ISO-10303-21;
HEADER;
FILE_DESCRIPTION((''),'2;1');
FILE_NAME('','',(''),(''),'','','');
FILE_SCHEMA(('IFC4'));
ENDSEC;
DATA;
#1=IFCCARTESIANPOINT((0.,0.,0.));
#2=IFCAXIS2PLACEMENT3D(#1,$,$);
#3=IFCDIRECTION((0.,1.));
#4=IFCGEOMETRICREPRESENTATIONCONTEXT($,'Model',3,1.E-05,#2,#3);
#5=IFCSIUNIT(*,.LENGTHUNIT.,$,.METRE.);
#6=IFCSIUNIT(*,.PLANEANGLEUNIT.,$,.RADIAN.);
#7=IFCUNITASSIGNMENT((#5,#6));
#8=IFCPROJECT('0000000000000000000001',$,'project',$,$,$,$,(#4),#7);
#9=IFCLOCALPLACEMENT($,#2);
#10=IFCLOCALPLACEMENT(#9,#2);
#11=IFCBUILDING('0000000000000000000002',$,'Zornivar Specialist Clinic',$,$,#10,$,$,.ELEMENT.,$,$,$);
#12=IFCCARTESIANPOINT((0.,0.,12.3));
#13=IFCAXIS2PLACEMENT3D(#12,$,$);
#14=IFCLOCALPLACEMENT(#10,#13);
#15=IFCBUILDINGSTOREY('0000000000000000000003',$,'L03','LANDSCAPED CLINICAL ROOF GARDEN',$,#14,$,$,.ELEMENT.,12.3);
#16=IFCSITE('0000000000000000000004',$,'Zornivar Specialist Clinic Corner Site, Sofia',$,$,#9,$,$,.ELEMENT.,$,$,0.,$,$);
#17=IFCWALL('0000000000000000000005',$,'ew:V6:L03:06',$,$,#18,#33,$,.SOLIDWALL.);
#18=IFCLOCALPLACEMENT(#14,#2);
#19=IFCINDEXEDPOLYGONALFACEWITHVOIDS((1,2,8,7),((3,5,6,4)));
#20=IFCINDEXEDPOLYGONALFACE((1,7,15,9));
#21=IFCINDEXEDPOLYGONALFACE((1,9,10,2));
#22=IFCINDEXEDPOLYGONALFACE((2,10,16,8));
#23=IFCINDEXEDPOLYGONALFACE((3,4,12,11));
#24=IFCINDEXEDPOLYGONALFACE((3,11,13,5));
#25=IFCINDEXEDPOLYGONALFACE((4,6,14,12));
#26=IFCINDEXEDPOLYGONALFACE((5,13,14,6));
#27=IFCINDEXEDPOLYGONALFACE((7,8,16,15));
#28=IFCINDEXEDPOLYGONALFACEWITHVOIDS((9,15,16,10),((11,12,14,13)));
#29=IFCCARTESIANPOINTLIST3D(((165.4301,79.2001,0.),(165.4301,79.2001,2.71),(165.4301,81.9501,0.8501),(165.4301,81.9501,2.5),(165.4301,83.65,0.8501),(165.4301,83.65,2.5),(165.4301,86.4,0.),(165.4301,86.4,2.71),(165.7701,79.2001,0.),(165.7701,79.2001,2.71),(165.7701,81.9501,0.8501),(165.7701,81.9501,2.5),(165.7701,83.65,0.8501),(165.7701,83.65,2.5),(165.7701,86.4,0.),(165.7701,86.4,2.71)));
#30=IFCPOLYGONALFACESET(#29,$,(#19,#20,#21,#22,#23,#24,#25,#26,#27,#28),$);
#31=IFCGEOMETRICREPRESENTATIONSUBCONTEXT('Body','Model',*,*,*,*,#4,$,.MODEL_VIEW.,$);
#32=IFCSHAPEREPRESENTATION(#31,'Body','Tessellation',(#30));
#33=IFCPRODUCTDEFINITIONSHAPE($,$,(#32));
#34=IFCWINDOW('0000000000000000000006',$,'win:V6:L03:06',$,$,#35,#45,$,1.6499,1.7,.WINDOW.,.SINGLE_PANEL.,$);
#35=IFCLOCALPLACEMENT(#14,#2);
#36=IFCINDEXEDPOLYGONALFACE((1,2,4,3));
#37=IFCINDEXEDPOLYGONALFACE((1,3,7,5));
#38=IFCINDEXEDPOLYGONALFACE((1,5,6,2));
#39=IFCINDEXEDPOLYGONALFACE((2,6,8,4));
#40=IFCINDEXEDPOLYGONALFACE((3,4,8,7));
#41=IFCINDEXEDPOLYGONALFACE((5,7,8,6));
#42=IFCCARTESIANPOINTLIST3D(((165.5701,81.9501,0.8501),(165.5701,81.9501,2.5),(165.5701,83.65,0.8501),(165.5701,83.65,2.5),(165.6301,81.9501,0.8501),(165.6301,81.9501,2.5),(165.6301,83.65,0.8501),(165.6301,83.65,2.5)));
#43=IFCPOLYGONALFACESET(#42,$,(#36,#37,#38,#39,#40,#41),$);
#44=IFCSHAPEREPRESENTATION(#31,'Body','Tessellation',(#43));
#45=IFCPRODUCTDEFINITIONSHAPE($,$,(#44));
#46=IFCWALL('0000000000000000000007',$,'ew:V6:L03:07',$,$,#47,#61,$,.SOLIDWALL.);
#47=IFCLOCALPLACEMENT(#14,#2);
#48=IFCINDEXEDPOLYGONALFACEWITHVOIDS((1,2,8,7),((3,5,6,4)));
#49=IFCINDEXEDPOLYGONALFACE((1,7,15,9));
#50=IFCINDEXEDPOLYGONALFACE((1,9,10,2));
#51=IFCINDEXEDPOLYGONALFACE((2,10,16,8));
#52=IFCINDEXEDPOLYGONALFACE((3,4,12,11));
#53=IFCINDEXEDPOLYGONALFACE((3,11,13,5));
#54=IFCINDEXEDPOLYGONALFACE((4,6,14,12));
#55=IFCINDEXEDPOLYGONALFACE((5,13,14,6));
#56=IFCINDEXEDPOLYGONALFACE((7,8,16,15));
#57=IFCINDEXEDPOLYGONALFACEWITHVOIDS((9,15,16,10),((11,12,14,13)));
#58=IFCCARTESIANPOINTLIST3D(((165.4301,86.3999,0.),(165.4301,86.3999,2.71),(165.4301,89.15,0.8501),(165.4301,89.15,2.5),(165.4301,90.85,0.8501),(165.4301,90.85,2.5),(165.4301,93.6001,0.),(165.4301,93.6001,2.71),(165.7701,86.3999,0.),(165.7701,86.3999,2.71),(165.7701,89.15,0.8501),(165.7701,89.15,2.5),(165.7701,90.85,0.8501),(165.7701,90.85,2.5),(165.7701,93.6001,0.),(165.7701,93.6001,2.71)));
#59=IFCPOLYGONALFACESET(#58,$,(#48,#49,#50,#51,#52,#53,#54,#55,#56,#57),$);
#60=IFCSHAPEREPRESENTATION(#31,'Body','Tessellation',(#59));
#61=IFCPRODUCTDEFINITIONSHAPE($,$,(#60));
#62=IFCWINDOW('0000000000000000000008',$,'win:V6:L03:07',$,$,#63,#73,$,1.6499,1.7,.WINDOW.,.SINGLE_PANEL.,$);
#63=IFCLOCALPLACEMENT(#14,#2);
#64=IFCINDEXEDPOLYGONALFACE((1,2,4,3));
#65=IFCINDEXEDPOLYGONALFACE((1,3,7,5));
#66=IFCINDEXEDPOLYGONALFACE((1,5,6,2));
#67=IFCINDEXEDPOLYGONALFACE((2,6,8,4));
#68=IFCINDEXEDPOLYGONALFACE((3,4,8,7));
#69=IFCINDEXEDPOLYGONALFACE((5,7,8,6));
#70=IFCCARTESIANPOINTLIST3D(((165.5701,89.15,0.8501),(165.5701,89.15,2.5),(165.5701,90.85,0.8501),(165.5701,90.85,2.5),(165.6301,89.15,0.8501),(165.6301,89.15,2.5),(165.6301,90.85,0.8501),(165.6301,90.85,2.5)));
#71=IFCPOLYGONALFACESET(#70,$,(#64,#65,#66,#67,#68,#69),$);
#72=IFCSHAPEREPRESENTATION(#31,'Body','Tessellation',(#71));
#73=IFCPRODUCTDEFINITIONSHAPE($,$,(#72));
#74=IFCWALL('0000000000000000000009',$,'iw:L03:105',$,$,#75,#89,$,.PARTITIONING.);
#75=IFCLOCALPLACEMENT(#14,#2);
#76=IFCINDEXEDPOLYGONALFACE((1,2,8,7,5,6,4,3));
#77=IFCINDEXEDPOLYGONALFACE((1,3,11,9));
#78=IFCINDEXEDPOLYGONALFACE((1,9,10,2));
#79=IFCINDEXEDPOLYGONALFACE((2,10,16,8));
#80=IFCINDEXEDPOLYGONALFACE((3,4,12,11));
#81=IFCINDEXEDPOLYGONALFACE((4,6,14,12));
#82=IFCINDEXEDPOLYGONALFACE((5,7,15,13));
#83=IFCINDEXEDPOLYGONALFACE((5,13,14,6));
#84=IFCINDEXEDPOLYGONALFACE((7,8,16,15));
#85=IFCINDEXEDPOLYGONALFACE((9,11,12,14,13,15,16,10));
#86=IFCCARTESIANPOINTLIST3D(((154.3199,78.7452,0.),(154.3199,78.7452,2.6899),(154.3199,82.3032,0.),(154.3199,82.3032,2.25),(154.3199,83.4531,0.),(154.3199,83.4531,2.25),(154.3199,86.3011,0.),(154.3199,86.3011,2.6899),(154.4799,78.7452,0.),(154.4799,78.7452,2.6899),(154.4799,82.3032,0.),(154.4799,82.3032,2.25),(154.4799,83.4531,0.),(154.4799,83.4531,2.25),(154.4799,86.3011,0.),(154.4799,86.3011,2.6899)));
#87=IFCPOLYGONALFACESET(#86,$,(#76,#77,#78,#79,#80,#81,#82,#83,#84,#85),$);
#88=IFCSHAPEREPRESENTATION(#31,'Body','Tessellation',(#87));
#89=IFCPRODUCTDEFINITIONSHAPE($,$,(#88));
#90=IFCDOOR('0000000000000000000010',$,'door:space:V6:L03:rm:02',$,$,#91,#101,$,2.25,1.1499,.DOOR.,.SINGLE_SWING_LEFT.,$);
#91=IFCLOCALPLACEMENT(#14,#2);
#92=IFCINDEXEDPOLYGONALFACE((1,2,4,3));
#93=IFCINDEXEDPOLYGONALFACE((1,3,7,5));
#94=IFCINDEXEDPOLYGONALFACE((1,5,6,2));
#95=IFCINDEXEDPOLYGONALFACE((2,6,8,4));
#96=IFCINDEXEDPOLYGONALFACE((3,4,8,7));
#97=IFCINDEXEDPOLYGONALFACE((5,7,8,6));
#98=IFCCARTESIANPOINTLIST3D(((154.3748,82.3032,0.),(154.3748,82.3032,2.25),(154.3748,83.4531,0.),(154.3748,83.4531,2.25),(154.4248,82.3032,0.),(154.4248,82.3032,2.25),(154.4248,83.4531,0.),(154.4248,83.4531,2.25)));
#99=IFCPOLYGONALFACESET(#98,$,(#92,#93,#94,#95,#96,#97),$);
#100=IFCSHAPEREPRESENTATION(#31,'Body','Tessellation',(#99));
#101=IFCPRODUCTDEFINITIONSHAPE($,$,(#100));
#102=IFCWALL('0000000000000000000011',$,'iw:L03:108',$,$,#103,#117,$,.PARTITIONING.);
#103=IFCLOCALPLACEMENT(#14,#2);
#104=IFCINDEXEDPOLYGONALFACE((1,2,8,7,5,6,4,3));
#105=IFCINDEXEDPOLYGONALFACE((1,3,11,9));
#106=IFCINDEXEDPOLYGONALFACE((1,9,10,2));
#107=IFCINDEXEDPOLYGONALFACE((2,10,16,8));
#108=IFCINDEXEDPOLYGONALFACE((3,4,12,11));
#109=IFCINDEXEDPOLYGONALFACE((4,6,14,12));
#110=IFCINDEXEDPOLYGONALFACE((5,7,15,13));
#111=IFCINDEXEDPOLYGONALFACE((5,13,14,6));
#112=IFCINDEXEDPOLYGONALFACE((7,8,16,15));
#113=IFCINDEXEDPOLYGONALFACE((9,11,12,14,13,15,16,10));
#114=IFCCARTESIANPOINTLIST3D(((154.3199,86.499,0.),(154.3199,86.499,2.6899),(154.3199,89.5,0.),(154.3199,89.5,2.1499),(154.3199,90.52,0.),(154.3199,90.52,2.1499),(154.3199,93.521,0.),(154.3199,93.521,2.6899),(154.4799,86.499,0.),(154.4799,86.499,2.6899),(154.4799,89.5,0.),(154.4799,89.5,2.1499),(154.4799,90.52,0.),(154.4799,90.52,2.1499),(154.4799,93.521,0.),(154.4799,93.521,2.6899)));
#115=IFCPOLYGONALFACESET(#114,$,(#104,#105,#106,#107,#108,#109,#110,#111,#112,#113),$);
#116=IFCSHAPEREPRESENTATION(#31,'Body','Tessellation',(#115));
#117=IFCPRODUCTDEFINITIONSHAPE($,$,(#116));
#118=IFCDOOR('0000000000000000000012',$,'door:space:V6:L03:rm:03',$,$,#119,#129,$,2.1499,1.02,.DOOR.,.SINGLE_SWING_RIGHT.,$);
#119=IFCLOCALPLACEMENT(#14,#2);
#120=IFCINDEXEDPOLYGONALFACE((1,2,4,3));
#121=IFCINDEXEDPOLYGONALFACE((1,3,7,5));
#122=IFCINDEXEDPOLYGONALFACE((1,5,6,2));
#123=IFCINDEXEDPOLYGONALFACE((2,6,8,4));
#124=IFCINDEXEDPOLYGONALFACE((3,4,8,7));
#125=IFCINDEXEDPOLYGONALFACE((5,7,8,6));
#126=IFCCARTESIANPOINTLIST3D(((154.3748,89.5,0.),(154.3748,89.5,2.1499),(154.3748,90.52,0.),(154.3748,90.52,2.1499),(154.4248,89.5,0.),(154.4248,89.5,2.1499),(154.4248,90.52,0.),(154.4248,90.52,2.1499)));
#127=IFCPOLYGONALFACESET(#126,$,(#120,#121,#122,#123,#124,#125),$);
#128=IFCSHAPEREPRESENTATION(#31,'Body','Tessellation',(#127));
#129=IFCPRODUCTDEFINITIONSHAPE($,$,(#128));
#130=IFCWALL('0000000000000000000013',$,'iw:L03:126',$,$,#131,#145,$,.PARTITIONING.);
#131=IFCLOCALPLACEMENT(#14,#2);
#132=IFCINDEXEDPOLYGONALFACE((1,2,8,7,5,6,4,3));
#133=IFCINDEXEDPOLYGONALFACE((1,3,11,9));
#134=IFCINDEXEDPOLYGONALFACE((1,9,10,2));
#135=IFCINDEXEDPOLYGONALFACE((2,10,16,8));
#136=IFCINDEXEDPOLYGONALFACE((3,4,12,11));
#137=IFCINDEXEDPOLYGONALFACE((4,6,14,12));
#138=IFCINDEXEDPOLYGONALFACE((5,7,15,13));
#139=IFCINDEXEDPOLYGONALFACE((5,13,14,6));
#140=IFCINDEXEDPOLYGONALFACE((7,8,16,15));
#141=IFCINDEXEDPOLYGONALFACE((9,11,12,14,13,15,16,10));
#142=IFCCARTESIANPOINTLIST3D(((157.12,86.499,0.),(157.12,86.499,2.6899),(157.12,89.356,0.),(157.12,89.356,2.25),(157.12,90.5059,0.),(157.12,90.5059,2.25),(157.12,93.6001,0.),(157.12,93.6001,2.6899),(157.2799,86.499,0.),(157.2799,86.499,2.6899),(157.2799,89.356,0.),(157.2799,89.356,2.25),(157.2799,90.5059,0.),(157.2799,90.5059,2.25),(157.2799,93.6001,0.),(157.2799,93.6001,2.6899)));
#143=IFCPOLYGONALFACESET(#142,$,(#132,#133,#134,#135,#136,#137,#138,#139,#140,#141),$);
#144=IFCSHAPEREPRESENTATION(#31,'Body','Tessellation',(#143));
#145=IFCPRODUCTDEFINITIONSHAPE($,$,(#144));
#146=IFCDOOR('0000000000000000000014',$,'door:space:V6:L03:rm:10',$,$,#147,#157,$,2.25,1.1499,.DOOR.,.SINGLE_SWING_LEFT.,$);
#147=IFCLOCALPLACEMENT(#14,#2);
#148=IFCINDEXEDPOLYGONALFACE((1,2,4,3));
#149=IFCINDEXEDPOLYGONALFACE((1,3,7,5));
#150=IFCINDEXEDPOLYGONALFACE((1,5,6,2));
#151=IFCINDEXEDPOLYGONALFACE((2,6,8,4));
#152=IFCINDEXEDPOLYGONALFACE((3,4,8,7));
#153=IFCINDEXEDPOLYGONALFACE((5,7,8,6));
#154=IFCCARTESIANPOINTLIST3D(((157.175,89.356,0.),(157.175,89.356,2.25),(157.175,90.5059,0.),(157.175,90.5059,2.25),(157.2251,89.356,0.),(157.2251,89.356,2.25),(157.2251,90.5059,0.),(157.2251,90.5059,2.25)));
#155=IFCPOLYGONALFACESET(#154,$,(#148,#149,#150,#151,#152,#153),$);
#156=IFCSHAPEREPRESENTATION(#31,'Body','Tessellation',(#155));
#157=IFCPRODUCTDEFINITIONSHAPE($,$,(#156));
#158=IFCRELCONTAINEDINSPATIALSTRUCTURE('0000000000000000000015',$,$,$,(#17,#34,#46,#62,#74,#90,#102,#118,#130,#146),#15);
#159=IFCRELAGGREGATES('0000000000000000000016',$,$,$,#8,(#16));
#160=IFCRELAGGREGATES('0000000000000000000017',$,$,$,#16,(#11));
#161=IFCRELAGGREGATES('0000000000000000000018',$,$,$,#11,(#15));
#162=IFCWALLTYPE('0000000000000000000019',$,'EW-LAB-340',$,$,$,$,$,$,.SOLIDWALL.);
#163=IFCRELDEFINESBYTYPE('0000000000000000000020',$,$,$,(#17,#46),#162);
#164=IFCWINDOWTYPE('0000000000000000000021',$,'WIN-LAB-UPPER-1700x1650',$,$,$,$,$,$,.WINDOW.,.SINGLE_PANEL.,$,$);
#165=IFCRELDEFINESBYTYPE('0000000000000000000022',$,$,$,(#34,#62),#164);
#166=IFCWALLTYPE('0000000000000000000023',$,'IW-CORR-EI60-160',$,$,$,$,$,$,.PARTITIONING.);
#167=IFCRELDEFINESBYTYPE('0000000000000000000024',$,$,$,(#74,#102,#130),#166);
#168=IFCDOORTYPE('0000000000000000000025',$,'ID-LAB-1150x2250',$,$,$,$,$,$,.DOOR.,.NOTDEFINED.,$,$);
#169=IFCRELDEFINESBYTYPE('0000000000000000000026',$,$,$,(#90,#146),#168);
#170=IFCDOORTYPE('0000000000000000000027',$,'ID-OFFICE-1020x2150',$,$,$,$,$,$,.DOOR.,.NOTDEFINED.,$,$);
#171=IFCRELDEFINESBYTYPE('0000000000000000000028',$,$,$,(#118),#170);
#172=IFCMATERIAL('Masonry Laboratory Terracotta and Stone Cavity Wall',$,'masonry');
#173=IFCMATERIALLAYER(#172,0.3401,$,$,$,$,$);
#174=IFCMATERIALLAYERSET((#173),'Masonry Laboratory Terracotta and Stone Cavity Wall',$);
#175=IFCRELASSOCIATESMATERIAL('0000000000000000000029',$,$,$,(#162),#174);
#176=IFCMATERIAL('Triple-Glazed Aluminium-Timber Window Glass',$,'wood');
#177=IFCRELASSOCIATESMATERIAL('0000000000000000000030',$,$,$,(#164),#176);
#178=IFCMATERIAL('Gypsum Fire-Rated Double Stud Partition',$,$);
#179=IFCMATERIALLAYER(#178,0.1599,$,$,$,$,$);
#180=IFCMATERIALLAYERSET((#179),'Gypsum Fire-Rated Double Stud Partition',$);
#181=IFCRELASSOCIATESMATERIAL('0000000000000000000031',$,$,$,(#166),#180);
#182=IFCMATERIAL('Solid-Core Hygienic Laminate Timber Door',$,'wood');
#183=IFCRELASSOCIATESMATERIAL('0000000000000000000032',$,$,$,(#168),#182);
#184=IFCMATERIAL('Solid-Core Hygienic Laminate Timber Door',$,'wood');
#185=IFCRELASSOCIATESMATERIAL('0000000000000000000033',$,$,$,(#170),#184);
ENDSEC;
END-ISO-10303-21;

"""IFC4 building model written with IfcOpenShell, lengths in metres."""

from ifc_helpers import new_model, si_unit, direction, frame, frame_2d, origin, place, context, subcontext, project, spatial, rectangle, extrude, material, layer, layer_set, type_object, element, fill, save


model = new_model("IFC4")

# Units and contexts
model_context = context("Model", 3, precision=1e-05, world=origin(), true_north=direction((0.0, 1.0)))
body_context = subcontext(model_context, "Body", "Model", "MODEL_VIEW")
ifc_project = project(units=[si_unit("LENGTHUNIT", "METRE"), si_unit("PLANEANGLEUNIT", "RADIAN")], contexts=[model_context])

# Site, building, storey
site_placement = place(None, origin())
site = spatial("IfcSite", under=ifc_project, at=site_placement, Name="Zornivar Specialist Clinic Corner Site, Sofia", CompositionType="ELEMENT", RefElevation=0.0)
building_placement = place(site_placement, origin())
building = spatial("IfcBuilding", under=site, at=building_placement, Name="Zornivar Specialist Clinic", CompositionType="ELEMENT")
storey_placement = place(building_placement, frame((0.0, 0.0, 12.3)))
storey = spatial("IfcBuildingStorey", under=building, at=storey_placement, Name="L03", Description="LANDSCAPED CLINICAL ROOF GARDEN", CompositionType="ELEMENT", Elevation=12.3)

# Walls, openings, windows
ifc_material_1 = material(Name="Masonry Laboratory Terracotta and Stone Cavity Wall", Category="masonry")
ifc_layer_1 = layer(ifc_material_1, 0.3401)
ifc_layer_set_1 = layer_set([ifc_layer_1], Name="Masonry Laboratory Terracotta and Stone Cavity Wall")
wall_type_1 = type_object("IfcWallType", Name="EW-LAB-340", PredefinedType="SOLIDWALL", material=ifc_layer_set_1)
wall_1_placement = place(storey_placement, frame((165.6001, 79.2, 0.0), z_axis=(0.0, 0.0, 1.0), x_axis=(0.0, 1.0, 0.0)))
wall_1 = element("IfcWall", 1, at=wall_1_placement, inside=storey, type_object=wall_type_1, Name="ew:V6:L03:06", PredefinedType="SOLIDWALL", context=body_context, shape_type="SweptSolid", body=[
    extrude(rectangle(XDim=7.2, YDim=0.3401, at=frame_2d((3.6001, 0.0))), origin(), (0.0, 0.0, 1.0), 2.71),
])
opening_1_placement = place(wall_1_placement, frame((2.75, 0.0, 0.8501)))
opening_1 = element("IfcOpeningElement", 2, at=opening_1_placement, cuts=wall_1, PredefinedType="OPENING", context=body_context, shape_type="SweptSolid", body=[
    extrude(rectangle(XDim=1.7, YDim=1.6499, at=frame_2d((0.8501, 0.825))), frame((0.0, 0.1799, 0.0), z_axis=(0.0, -1.0, 0.0), x_axis=(1.0, 0.0, 0.0)), (0.0, 0.0, 1.0), 0.3601),
])
ifc_material_2 = material(Name="Triple-Glazed Aluminium-Timber Window Glass", Category="wood")
window_type = type_object("IfcWindowType", Name="WIN-LAB-UPPER-1700x1650", PartitioningType="SINGLE_PANEL", PredefinedType="WINDOW", material=ifc_material_2)
window_1_placement = place(opening_1_placement, origin())
window_1 = element("IfcWindow", 3, at=window_1_placement, inside=storey, type_object=window_type, Name="win:V6:L03:06", OverallHeight=1.6499, OverallWidth=1.7, PartitioningType="SINGLE_PANEL", PredefinedType="WINDOW", context=body_context, shape_type="SweptSolid", body=[
    extrude(rectangle(XDim=1.7, YDim=1.6499, at=frame_2d((0.8501, 0.825))), frame((0.0, 0.03, 0.0), z_axis=(0.0, -1.0, 0.0), x_axis=(1.0, 0.0, 0.0)), (0.0, 0.0, 1.0), 0.0601),
])
fill(opening_1, window_1)
wall_2_placement = place(storey_placement, frame((165.6001, 86.3999, 0.0), z_axis=(0.0, 0.0, 1.0), x_axis=(0.0, 1.0, 0.0)))
wall_2 = element("IfcWall", 4, at=wall_2_placement, inside=storey, type_object=wall_type_1, Name="ew:V6:L03:07", PredefinedType="SOLIDWALL", context=body_context, shape_type="SweptSolid", body=[
    extrude(rectangle(XDim=7.2002, YDim=0.3401, at=frame_2d((3.6001, 0.0))), origin(), (0.0, 0.0, 1.0), 2.71),
])
opening_2_placement = place(wall_2_placement, frame((2.75, 0.0, 0.8501)))
opening_2 = element("IfcOpeningElement", 5, at=opening_2_placement, cuts=wall_2, PredefinedType="OPENING", context=body_context, shape_type="SweptSolid", body=[
    extrude(rectangle(XDim=1.7, YDim=1.6499, at=frame_2d((0.8501, 0.825))), frame((0.0, 0.1799, 0.0), z_axis=(0.0, -1.0, 0.0), x_axis=(1.0, 0.0, 0.0)), (0.0, 0.0, 1.0), 0.3601),
])
window_2_placement = place(opening_2_placement, origin())
window_2 = element("IfcWindow", 6, at=window_2_placement, inside=storey, type_object=window_type, Name="win:V6:L03:07", OverallHeight=1.6499, OverallWidth=1.7, PartitioningType="SINGLE_PANEL", PredefinedType="WINDOW", context=body_context, shape_type="SweptSolid", body=[
    extrude(rectangle(XDim=1.7, YDim=1.6499, at=frame_2d((0.8501, 0.825))), frame((0.0, 0.03, 0.0), z_axis=(0.0, -1.0, 0.0), x_axis=(1.0, 0.0, 0.0)), (0.0, 0.0, 1.0), 0.0601),
])
fill(opening_2, window_2)

# Walls, openings, doors
ifc_material_3 = material(Name="Gypsum Fire-Rated Double Stud Partition")
ifc_layer_2 = layer(ifc_material_3, 0.1599)
ifc_layer_set_2 = layer_set([ifc_layer_2], Name="Gypsum Fire-Rated Double Stud Partition")
wall_type_2 = type_object("IfcWallType", Name="IW-CORR-EI60-160", PredefinedType="PARTITIONING", material=ifc_layer_set_2)
wall_3_placement = place(storey_placement, frame((154.3999, 86.301, 0.0), z_axis=(0.0, 0.0, 1.0), x_axis=(0.0, -1.0, 0.0)))
wall_3 = element("IfcWall", 7, at=wall_3_placement, inside=storey, type_object=wall_type_2, Name="iw:L03:105", PredefinedType="PARTITIONING", context=body_context, shape_type="SweptSolid", body=[
    extrude(rectangle(XDim=7.5559, YDim=0.1599, at=frame_2d((3.7778, 0.0))), origin(), (0.0, 0.0, 1.0), 2.6899),
])
opening_3_placement = place(wall_3_placement, frame((2.8479, 0.0, 0.0)))
opening_3 = element("IfcOpeningElement", 8, at=opening_3_placement, cuts=wall_3, PredefinedType="OPENING", context=body_context, shape_type="SweptSolid", body=[
    extrude(rectangle(XDim=1.1499, YDim=2.25, at=frame_2d((0.575, 1.125))), frame((0.0, 0.0898, 0.0), z_axis=(0.0, -1.0, 0.0), x_axis=(1.0, 0.0, 0.0)), (0.0, 0.0, 1.0), 0.1799),
])
ifc_material_4 = material(Name="Solid-Core Hygienic Laminate Timber Door", Category="wood")
door_type_1 = type_object("IfcDoorType", Name="ID-LAB-1150x2250", OperationType="NOTDEFINED", PredefinedType="DOOR", material=ifc_material_4)
door_1_placement = place(opening_3_placement, origin())
door_1 = element("IfcDoor", 9, at=door_1_placement, inside=storey, type_object=door_type_1, Name="door:space:V6:L03:rm:02", OperationType="SINGLE_SWING_LEFT", OverallHeight=2.25, OverallWidth=1.1499, PredefinedType="DOOR", context=body_context, shape_type="SweptSolid", body=[
    extrude(rectangle(XDim=1.1499, YDim=2.25, at=frame_2d((0.575, 1.125))), frame((0.0, 0.0249, 0.0), z_axis=(0.0, -1.0, 0.0), x_axis=(1.0, 0.0, 0.0)), (0.0, 0.0, 1.0), 0.05),
])
fill(opening_3, door_1)
wall_4_placement = place(storey_placement, frame((154.3999, 93.521, 0.0), z_axis=(0.0, 0.0, 1.0), x_axis=(0.0, -1.0, 0.0)))
wall_4 = element("IfcWall", 10, at=wall_4_placement, inside=storey, type_object=wall_type_2, Name="iw:L03:108", PredefinedType="PARTITIONING", context=body_context, shape_type="SweptSolid", body=[
    extrude(rectangle(XDim=7.022, YDim=0.1599, at=frame_2d((3.511, 0.0))), origin(), (0.0, 0.0, 1.0), 2.6899),
])
opening_4_placement = place(wall_4_placement, frame((3.001, 0.0, 0.0)))
opening_4 = element("IfcOpeningElement", 11, at=opening_4_placement, cuts=wall_4, PredefinedType="OPENING", context=body_context, shape_type="SweptSolid", body=[
    extrude(rectangle(XDim=1.02, YDim=2.1499, at=frame_2d((0.51, 1.075))), frame((0.0, 0.0898, 0.0), z_axis=(0.0, -1.0, 0.0), x_axis=(1.0, 0.0, 0.0)), (0.0, 0.0, 1.0), 0.1799),
])
ifc_material_5 = material(Name="Solid-Core Hygienic Laminate Timber Door", Category="wood")
door_type_2 = type_object("IfcDoorType", Name="ID-OFFICE-1020x2150", OperationType="NOTDEFINED", PredefinedType="DOOR", material=ifc_material_5)
door_2_placement = place(opening_4_placement, origin())
door_2 = element("IfcDoor", 12, at=door_2_placement, inside=storey, type_object=door_type_2, Name="door:space:V6:L03:rm:03", OperationType="SINGLE_SWING_RIGHT", OverallHeight=2.1499, OverallWidth=1.02, PredefinedType="DOOR", context=body_context, shape_type="SweptSolid", body=[
    extrude(rectangle(XDim=1.02, YDim=2.1499, at=frame_2d((0.51, 1.075))), frame((0.0, 0.0249, 0.0), z_axis=(0.0, -1.0, 0.0), x_axis=(1.0, 0.0, 0.0)), (0.0, 0.0, 1.0), 0.05),
])
fill(opening_4, door_2)
wall_5_placement = place(storey_placement, frame((157.2, 86.499, 0.0), z_axis=(0.0, 0.0, 1.0), x_axis=(0.0, 1.0, 0.0)))
wall_5 = element("IfcWall", 13, at=wall_5_placement, inside=storey, type_object=wall_type_2, Name="iw:L03:126", PredefinedType="PARTITIONING", context=body_context, shape_type="SweptSolid", body=[
    extrude(rectangle(XDim=7.1011, YDim=0.1599, at=frame_2d((3.5505, 0.0))), origin(), (0.0, 0.0, 1.0), 2.6899),
])
opening_5_placement = place(wall_5_placement, frame((2.8569, 0.0, 0.0)))
opening_5 = element("IfcOpeningElement", 14, at=opening_5_placement, cuts=wall_5, PredefinedType="OPENING", context=body_context, shape_type="SweptSolid", body=[
    extrude(rectangle(XDim=1.1499, YDim=2.25, at=frame_2d((0.575, 1.125))), frame((0.0, 0.0898, 0.0), z_axis=(0.0, -1.0, 0.0), x_axis=(1.0, 0.0, 0.0)), (0.0, 0.0, 1.0), 0.1799),
])
door_3_placement = place(opening_5_placement, origin())
door_3 = element("IfcDoor", 15, at=door_3_placement, inside=storey, type_object=door_type_1, Name="door:space:V6:L03:rm:10", OperationType="SINGLE_SWING_LEFT", OverallHeight=2.25, OverallWidth=1.1499, PredefinedType="DOOR", context=body_context, shape_type="SweptSolid", body=[
    extrude(rectangle(XDim=1.1499, YDim=2.25, at=frame_2d((0.575, 1.125))), frame((0.0, 0.0249, 0.0), z_axis=(0.0, -1.0, 0.0), x_axis=(1.0, 0.0, 0.0)), (0.0, 0.0, 1.0), 0.05),
])
fill(opening_5, door_3)

save(model, "model.ifc")
